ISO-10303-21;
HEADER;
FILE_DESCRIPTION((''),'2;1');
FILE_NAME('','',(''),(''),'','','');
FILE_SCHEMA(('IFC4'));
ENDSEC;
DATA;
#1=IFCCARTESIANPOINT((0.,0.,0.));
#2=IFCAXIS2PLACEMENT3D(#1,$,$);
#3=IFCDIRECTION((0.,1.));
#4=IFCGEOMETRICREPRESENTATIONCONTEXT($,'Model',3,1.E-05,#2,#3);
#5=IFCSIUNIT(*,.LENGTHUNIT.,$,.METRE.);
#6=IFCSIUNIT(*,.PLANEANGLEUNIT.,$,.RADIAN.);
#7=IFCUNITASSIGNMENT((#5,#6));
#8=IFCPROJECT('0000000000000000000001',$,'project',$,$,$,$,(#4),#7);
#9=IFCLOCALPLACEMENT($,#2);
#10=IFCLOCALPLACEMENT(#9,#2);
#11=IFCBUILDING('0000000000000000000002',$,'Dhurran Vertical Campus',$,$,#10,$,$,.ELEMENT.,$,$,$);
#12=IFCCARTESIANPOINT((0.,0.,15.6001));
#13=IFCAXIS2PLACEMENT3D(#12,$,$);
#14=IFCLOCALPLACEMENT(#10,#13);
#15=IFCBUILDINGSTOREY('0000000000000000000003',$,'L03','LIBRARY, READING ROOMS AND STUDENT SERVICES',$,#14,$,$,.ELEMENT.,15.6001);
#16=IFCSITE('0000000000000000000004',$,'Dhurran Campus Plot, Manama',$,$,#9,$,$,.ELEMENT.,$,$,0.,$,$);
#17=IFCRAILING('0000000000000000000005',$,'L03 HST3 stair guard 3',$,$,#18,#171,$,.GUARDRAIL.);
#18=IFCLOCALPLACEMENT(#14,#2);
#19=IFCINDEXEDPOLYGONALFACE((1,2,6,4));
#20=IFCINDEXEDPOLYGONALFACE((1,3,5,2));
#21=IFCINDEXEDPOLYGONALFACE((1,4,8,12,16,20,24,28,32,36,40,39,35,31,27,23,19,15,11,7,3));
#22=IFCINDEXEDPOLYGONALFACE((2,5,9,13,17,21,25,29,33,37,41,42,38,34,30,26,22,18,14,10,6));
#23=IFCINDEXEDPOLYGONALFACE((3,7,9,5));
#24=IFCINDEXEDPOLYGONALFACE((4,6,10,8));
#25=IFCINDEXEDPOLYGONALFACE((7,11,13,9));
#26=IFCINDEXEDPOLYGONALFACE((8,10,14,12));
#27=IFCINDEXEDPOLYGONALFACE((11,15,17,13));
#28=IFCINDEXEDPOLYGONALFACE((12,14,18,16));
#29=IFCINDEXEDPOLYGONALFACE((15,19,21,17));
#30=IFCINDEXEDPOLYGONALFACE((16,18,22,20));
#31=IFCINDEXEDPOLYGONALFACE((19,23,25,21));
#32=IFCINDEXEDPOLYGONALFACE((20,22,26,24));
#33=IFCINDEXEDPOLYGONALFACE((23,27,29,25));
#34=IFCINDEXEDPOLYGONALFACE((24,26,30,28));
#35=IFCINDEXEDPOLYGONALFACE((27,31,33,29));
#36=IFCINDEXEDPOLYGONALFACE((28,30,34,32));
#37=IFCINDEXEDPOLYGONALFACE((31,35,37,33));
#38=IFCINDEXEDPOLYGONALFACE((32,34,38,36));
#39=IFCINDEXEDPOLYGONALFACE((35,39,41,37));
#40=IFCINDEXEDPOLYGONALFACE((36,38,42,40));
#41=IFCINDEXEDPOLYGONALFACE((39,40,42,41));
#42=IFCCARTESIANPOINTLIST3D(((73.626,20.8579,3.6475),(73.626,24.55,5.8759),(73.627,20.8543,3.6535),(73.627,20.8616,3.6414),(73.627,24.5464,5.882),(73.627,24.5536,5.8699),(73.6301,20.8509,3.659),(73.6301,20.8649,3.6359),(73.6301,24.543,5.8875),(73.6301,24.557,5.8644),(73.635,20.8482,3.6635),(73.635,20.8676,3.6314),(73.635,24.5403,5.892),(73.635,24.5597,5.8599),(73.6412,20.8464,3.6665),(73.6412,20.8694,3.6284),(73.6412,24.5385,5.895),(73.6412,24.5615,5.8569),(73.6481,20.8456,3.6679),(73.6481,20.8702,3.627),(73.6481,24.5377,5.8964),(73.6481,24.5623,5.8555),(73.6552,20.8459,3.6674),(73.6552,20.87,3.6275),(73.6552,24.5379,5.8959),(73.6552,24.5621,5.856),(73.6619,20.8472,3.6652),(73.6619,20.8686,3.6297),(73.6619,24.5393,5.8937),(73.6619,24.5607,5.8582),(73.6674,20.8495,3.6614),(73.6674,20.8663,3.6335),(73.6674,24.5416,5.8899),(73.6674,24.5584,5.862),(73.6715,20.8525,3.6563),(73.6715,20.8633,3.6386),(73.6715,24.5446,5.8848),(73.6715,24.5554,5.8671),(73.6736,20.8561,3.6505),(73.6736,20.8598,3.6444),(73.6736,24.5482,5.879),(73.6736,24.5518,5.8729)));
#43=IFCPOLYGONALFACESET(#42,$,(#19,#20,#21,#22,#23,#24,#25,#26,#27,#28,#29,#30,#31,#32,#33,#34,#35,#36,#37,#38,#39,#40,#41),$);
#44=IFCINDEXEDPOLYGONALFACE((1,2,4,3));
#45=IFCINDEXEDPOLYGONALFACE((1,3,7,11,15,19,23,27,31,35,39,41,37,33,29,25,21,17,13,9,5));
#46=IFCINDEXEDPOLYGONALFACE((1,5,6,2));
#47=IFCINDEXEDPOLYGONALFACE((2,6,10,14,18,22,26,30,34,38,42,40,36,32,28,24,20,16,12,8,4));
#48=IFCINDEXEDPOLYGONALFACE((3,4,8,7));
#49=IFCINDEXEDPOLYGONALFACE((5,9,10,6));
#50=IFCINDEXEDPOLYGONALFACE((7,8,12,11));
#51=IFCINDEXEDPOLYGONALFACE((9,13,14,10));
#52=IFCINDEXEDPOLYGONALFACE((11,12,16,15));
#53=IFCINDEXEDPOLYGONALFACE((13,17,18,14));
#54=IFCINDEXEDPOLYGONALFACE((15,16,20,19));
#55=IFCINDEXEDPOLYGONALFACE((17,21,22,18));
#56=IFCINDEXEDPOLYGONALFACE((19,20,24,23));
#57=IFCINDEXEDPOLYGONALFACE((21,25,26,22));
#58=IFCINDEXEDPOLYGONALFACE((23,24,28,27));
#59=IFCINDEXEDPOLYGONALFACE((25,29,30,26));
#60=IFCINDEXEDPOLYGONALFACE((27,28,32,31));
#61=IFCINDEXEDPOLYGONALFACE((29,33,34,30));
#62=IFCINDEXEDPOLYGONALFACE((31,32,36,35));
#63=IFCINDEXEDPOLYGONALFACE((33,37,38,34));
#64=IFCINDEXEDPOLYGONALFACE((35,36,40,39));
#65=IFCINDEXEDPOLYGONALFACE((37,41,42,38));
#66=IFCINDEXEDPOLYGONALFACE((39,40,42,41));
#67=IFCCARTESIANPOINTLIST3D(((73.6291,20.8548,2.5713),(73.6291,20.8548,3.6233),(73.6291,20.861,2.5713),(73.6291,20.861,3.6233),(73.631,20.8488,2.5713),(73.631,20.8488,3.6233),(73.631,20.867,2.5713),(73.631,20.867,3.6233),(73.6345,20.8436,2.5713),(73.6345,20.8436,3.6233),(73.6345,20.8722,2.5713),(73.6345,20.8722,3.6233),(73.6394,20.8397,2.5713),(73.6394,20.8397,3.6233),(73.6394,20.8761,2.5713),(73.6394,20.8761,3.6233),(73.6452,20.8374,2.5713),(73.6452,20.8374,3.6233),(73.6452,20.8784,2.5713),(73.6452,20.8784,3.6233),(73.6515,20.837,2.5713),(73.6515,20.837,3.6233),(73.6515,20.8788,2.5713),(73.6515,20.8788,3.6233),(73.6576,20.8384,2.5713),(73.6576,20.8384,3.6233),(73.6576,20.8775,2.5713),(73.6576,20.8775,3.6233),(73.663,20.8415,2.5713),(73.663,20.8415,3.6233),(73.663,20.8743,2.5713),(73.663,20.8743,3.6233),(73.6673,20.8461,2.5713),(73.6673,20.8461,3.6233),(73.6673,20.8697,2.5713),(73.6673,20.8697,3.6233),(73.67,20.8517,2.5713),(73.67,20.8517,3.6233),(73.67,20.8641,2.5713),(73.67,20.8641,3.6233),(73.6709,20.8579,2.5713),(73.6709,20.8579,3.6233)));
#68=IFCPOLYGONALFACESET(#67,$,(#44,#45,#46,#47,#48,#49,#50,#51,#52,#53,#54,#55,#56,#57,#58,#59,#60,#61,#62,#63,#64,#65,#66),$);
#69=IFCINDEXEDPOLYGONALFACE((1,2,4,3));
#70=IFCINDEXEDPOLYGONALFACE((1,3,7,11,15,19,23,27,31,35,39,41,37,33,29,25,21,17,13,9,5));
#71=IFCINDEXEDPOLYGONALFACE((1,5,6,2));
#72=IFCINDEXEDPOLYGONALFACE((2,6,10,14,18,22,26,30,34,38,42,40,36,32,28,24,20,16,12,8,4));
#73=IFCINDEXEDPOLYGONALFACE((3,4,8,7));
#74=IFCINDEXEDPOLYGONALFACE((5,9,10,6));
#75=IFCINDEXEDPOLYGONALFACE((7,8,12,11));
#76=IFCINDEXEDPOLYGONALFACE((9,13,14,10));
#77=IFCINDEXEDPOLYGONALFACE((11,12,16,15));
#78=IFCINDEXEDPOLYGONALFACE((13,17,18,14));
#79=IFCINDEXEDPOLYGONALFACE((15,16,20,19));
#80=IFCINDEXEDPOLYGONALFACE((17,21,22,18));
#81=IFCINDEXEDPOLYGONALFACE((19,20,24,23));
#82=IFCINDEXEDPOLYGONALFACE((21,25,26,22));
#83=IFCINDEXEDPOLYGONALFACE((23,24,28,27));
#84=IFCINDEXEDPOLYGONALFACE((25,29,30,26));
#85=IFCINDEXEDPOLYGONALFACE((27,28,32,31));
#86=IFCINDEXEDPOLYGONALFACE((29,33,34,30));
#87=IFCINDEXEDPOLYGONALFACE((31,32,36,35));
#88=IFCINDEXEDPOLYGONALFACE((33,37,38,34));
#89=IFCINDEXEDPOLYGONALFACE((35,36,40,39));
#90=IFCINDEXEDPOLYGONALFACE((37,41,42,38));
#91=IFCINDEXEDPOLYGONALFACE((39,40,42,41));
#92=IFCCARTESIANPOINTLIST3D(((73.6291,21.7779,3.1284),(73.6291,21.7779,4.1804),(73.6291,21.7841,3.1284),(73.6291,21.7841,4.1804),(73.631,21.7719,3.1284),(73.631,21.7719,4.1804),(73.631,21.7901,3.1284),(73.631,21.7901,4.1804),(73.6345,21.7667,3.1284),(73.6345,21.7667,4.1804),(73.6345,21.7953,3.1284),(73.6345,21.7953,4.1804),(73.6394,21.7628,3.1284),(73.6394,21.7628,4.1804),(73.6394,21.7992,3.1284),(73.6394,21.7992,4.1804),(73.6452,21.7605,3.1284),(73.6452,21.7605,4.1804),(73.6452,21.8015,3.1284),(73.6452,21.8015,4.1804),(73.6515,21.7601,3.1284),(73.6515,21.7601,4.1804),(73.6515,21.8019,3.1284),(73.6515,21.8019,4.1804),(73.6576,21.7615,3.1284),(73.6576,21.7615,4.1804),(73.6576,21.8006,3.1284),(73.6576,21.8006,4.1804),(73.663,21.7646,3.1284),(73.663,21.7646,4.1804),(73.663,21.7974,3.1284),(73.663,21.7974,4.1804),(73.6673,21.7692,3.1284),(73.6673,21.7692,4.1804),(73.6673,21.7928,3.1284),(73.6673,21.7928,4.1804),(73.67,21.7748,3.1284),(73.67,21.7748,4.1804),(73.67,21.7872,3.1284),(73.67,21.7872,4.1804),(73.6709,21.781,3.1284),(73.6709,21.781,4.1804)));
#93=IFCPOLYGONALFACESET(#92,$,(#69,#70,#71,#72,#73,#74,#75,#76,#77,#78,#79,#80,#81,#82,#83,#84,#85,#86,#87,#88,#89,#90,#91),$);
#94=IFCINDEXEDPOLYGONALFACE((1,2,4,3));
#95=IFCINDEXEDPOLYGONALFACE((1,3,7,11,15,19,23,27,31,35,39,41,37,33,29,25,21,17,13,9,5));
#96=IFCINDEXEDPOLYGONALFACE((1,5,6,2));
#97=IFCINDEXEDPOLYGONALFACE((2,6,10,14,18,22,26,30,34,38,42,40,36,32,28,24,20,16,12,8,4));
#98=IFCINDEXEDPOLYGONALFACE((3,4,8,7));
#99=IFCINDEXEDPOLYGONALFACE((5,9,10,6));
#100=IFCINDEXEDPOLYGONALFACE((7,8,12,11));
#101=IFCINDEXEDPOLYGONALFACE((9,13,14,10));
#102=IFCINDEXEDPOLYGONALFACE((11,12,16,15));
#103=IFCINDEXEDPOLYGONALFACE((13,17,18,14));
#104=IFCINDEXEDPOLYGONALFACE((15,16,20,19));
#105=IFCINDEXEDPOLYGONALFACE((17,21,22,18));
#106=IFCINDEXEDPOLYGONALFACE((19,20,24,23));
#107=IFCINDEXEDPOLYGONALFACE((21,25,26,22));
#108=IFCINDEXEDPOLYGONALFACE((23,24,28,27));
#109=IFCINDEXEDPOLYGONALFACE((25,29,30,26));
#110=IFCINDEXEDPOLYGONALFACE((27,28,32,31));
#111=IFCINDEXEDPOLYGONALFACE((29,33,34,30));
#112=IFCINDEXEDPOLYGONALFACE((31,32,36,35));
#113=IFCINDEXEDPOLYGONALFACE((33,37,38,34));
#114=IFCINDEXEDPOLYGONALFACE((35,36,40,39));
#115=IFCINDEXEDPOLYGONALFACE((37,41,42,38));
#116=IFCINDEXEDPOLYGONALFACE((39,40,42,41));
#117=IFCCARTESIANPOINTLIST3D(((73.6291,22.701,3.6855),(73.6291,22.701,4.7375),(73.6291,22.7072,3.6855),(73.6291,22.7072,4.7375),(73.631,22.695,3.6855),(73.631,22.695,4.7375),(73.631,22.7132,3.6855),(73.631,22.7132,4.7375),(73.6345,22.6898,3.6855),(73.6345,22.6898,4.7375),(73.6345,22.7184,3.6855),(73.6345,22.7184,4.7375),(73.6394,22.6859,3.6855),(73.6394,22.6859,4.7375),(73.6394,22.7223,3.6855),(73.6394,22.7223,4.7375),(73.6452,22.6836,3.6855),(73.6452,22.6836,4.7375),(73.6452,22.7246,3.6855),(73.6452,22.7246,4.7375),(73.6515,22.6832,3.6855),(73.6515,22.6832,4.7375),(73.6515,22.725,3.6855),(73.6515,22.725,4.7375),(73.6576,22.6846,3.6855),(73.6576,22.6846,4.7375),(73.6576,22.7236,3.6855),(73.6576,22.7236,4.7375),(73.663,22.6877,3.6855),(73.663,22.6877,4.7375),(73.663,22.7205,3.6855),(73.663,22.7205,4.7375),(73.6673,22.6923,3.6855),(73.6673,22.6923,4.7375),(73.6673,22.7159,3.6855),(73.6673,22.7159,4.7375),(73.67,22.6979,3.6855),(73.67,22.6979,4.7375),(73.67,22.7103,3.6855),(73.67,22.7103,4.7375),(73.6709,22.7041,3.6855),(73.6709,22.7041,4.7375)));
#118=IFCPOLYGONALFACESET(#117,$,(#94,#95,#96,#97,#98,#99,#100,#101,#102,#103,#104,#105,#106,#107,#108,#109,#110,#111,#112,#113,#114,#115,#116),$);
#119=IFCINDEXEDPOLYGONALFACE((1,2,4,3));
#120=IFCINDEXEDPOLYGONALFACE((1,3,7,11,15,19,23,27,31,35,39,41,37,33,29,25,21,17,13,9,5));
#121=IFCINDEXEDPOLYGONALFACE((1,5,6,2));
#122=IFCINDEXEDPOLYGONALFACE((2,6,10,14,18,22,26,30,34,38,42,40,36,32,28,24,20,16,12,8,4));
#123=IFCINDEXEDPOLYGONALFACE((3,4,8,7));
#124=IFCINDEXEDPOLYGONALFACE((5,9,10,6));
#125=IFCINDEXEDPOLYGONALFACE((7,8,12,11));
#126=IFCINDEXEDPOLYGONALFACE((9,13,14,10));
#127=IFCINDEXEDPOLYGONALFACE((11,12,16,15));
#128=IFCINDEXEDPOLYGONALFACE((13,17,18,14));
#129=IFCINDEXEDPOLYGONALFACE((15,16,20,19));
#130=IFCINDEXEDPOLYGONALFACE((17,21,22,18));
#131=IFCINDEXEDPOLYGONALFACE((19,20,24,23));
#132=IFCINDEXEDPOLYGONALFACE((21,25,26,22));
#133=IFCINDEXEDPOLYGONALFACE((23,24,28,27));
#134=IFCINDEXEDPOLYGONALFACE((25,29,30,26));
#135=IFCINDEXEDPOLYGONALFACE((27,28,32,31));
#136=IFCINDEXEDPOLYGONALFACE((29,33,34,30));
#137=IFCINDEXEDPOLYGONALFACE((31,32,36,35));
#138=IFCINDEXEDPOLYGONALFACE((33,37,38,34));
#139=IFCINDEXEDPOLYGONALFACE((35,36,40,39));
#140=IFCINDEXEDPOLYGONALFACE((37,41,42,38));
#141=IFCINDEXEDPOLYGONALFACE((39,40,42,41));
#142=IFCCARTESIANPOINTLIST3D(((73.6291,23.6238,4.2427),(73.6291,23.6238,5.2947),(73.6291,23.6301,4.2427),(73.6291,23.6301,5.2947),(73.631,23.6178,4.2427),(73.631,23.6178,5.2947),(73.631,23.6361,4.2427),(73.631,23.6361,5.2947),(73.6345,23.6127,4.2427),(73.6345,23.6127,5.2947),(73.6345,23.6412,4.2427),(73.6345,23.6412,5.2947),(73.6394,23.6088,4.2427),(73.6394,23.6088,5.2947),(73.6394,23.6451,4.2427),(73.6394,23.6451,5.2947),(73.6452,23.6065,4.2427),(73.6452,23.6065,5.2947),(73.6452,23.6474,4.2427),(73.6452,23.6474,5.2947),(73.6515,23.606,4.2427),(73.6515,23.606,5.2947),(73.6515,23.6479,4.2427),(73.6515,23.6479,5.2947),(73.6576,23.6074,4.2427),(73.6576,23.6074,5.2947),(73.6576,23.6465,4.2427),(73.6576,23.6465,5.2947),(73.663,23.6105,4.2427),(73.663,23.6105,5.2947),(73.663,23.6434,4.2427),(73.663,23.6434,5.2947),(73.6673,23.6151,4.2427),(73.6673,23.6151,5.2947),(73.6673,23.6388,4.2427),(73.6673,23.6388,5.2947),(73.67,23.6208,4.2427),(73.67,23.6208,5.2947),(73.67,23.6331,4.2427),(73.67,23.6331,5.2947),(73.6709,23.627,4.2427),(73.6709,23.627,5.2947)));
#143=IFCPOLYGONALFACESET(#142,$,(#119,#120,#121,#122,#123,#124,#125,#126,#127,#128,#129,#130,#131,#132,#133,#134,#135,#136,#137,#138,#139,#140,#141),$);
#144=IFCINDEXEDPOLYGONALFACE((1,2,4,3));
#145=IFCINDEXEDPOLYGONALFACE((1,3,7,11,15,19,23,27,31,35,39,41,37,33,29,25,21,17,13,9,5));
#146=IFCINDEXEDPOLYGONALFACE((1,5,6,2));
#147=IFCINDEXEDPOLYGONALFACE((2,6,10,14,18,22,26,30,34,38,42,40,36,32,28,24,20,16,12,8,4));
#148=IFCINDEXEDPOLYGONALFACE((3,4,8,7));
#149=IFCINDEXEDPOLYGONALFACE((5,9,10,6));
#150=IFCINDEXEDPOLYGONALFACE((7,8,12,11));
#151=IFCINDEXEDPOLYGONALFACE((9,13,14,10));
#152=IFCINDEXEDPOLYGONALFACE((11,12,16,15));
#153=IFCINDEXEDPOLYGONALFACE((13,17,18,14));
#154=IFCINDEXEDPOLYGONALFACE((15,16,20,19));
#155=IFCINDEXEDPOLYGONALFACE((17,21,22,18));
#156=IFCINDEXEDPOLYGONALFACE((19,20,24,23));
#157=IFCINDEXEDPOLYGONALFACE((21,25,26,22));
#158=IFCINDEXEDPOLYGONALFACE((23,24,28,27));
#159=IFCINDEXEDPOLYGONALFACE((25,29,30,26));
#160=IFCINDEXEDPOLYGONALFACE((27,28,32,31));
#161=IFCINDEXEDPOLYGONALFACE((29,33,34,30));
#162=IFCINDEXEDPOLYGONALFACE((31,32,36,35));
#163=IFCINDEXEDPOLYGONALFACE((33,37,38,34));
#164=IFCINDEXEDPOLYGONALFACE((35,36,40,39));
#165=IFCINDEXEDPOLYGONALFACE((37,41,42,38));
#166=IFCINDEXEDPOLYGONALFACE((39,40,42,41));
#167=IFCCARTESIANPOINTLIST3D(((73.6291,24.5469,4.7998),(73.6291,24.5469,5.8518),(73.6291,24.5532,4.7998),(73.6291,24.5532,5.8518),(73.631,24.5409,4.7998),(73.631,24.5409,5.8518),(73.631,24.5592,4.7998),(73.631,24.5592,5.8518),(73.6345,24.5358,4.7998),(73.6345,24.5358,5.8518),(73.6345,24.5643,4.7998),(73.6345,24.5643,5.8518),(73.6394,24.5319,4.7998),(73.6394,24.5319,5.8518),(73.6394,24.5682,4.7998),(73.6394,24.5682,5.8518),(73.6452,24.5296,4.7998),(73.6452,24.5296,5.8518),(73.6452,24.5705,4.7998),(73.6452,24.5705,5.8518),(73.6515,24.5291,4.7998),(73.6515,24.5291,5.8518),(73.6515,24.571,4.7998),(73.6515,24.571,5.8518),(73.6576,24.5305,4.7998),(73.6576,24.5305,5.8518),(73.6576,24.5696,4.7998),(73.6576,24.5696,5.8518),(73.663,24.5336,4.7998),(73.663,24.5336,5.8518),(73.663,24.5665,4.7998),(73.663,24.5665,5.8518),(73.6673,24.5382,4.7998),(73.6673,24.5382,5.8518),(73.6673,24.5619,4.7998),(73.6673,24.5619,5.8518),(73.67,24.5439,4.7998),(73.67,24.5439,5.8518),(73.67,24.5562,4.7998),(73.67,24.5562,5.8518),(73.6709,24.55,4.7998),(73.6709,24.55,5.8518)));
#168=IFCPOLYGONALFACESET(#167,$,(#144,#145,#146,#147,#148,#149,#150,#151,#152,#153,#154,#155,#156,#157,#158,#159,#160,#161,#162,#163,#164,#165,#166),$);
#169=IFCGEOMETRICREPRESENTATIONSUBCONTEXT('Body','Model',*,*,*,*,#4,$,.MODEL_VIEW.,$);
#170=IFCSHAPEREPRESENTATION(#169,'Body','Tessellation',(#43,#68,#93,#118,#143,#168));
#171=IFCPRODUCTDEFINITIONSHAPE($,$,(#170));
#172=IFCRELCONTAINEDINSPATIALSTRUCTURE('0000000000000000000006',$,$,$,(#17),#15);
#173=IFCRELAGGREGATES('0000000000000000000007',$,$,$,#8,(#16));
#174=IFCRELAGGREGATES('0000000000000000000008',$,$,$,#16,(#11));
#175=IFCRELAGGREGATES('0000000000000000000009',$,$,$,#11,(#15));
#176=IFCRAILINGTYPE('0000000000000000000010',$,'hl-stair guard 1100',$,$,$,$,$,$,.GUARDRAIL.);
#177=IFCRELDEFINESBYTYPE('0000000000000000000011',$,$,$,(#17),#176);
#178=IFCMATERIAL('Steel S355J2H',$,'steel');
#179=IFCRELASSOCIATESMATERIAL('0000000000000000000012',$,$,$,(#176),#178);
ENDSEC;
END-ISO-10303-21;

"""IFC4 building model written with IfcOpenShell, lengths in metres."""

from ifc_helpers import new_model, si_unit, direction, frame, origin, origin_2d, place, context, subcontext, project, spatial, circle, extrude, material, type_object, element, save


model = new_model("IFC4")

# Units and contexts
model_context = context("Model", 3, precision=1e-05, world=origin(), true_north=direction((0.0, 1.0)))
body_context = subcontext(model_context, "Body", "Model", "MODEL_VIEW")
ifc_project = project(units=[si_unit("LENGTHUNIT", "METRE"), si_unit("PLANEANGLEUNIT", "RADIAN")], contexts=[model_context])

# Site, building, storey
site_placement = place(None, origin())
site = spatial("IfcSite", under=ifc_project, at=site_placement, Name="Dhurran Campus Plot, Manama", CompositionType="ELEMENT", RefElevation=0.0)
building_placement = place(site_placement, origin())
building = spatial("IfcBuilding", under=site, at=building_placement, Name="Dhurran Vertical Campus", CompositionType="ELEMENT")
storey_placement = place(building_placement, frame((0.0, 0.0, 15.6001)))
storey = spatial("IfcBuildingStorey", under=building, at=storey_placement, Name="L03", Description="LIBRARY, READING ROOMS AND STUDENT SERVICES", CompositionType="ELEMENT", Elevation=15.6001)

# Railing
ifc_material_1 = material(Name="Steel S355J2H", Category="steel")
railing_type_1 = type_object("IfcRailingType", Name="hl-stair guard 1100", PredefinedType="GUARDRAIL", material=ifc_material_1)
railing_1_placement = place(storey_placement, frame((73.6499, 20.8579, 2.5713)))
element("IfcRailing", 1, at=railing_1_placement, inside=storey, type_object=railing_type_1, Name="L03 HST3 stair guard 3", PredefinedType="GUARDRAIL", context=body_context, shape_type="SweptSolid", body=[
    extrude(circle(Radius=0.0239, at=origin_2d()), frame((0.0, 0.0, 1.0762), z_axis=(0.0, 0.856136, 0.51675), x_axis=(-1.0, 0.0, 0.0)), (0.0, 0.0, 1.0), 4.3125),
    extrude(circle(Radius=0.021, at=origin_2d()), origin(), (0.0, 0.0, 1.0), 1.052),
    extrude(circle(Radius=0.021, at=origin_2d()), frame((0.0, 0.9231, 0.5571)), (0.0, 0.0, 1.0), 1.052),
    extrude(circle(Radius=0.021, at=origin_2d()), frame((0.0, 1.8462, 1.1143)), (0.0, 0.0, 1.0), 1.052),
    extrude(circle(Radius=0.021, at=origin_2d()), frame((0.0, 2.769, 1.6714)), (0.0, 0.0, 1.0), 1.052),
    extrude(circle(Radius=0.021, at=origin_2d()), frame((0.0, 3.6921, 2.2285)), (0.0, 0.0, 1.0), 1.052),
])

save(model, "model.ifc")
